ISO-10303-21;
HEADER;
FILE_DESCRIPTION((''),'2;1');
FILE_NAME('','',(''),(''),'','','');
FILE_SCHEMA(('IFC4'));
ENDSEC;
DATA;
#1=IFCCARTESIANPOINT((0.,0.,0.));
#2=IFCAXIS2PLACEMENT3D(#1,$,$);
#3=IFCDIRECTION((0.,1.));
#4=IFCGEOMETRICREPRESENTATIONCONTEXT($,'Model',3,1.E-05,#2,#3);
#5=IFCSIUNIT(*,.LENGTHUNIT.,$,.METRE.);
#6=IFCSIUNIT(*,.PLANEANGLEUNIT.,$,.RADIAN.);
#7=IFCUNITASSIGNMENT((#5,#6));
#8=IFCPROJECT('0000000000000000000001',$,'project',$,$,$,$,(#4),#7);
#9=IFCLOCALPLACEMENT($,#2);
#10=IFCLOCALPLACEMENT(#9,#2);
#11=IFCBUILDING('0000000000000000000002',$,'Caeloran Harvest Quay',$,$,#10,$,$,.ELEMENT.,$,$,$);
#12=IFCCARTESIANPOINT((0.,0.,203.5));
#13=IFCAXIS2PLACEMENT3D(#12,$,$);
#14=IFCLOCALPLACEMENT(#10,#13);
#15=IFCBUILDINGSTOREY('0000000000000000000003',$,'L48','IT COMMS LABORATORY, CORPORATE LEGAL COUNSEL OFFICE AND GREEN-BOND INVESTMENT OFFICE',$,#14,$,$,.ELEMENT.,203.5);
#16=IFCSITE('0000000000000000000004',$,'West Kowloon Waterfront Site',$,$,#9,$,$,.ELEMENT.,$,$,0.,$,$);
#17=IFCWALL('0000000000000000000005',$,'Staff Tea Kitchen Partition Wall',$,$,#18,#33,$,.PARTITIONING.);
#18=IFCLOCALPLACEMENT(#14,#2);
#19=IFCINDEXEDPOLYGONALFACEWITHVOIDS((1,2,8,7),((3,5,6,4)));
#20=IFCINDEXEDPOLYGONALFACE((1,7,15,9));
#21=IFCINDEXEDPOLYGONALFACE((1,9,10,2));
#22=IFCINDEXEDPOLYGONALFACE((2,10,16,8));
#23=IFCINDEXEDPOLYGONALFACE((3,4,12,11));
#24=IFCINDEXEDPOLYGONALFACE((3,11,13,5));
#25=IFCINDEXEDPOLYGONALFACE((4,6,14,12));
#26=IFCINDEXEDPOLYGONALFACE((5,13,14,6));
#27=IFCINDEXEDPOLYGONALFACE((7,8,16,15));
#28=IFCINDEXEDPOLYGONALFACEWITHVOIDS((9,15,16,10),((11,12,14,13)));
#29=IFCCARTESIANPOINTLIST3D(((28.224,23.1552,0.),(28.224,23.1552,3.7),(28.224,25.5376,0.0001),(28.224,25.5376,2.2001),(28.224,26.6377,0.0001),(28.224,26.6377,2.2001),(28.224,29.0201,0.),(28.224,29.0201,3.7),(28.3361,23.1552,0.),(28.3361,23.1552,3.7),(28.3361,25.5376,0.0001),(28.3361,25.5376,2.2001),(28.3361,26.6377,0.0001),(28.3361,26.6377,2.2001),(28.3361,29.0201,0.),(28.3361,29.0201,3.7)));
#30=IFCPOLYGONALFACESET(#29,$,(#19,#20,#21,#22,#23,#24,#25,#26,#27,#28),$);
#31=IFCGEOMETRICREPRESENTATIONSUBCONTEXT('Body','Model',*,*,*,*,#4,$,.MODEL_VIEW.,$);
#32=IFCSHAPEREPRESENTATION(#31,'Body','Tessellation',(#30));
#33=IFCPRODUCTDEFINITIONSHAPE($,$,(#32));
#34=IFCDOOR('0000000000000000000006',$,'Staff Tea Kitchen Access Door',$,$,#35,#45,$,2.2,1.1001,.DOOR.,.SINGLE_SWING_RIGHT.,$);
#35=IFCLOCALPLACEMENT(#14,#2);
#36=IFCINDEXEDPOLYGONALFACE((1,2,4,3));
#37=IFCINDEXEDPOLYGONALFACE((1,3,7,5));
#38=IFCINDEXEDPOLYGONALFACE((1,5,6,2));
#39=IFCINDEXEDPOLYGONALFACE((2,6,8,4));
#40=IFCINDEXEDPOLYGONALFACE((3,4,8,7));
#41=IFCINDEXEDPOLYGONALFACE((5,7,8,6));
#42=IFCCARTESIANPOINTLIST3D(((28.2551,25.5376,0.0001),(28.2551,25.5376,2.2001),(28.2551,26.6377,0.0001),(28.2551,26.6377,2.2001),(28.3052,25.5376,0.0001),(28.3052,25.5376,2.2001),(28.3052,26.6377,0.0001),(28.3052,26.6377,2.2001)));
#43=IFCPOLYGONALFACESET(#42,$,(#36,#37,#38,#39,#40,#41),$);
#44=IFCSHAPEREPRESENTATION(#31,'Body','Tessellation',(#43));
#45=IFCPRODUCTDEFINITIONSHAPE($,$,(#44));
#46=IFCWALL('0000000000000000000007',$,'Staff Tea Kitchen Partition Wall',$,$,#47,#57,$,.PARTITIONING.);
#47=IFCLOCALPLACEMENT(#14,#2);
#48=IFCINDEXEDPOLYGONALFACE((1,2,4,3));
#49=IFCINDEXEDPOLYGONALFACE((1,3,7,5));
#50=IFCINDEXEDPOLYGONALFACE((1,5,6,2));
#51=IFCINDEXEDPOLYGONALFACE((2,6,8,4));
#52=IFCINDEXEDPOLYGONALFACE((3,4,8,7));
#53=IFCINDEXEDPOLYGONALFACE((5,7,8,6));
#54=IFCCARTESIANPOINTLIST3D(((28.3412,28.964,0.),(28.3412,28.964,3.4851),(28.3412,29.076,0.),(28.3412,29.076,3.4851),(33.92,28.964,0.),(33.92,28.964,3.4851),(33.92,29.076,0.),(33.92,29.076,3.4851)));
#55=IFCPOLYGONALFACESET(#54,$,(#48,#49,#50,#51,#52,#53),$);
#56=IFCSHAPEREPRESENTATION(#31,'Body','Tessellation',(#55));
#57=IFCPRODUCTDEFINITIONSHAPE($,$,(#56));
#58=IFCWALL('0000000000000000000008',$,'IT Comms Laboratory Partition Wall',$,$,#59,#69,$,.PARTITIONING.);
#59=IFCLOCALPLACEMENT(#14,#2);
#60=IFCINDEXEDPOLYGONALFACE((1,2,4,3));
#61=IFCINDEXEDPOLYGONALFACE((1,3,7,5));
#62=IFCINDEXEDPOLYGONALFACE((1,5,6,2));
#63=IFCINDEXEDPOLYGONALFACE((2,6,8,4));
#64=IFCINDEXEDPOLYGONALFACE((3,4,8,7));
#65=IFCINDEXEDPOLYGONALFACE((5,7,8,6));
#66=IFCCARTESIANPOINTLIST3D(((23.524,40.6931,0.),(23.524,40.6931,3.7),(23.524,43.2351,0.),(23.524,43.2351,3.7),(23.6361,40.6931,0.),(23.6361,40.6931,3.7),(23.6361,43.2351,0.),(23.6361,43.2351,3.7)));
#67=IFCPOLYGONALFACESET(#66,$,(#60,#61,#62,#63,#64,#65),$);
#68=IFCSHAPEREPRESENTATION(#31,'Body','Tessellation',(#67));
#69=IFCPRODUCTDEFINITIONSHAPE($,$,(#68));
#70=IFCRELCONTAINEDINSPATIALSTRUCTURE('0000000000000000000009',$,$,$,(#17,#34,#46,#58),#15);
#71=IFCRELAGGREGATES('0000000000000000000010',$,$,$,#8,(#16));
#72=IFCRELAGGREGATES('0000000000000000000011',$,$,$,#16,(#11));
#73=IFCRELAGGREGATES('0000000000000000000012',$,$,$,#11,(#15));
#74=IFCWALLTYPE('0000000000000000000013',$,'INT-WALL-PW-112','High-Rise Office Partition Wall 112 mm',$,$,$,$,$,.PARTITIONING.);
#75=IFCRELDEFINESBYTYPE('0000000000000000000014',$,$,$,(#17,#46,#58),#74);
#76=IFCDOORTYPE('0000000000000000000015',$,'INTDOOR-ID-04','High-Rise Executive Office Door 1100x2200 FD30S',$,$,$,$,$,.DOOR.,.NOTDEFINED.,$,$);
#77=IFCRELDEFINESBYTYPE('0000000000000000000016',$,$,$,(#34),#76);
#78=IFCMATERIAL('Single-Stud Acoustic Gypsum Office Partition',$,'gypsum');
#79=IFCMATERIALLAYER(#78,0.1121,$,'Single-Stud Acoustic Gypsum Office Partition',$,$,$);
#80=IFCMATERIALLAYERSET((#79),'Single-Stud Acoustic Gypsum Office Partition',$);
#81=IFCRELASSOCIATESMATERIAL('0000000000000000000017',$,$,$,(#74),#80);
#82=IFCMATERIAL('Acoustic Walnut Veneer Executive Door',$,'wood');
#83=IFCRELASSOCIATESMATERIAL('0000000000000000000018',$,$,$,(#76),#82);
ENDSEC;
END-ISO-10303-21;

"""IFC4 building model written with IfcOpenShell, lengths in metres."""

from ifc_helpers import new_model, si_unit, direction, frame, frame_2d, origin, place, context, subcontext, project, spatial, rectangle, extrude, material, layer, layer_set, type_object, element, fill, save


model = new_model("IFC4")

# Units and contexts
model_context = context("Model", 3, precision=1e-05, world=origin(), true_north=direction((0.0, 1.0)))
body_context = subcontext(model_context, "Body", "Model", "MODEL_VIEW")
ifc_project = project(units=[si_unit("LENGTHUNIT", "METRE"), si_unit("PLANEANGLEUNIT", "RADIAN")], contexts=[model_context])

# Site, building, storey
site_placement = place(None, origin())
site = spatial("IfcSite", under=ifc_project, at=site_placement, Name="West Kowloon Waterfront Site", CompositionType="ELEMENT", RefElevation=0.0)
building_placement = place(site_placement, origin())
building = spatial("IfcBuilding", under=site, at=building_placement, Name="Caeloran Harvest Quay", CompositionType="ELEMENT")
storey_placement = place(building_placement, frame((0.0, 0.0, 203.5)))
storey = spatial("IfcBuildingStorey", under=building, at=storey_placement, Name="L48", Description="IT COMMS LABORATORY, CORPORATE LEGAL COUNSEL OFFICE AND GREEN-BOND INVESTMENT OFFICE", CompositionType="ELEMENT", Elevation=203.5)

# Shared definitions
ifc_material_1 = material(Name="Single-Stud Acoustic Gypsum Office Partition", Category="gypsum")
ifc_layer = layer(ifc_material_1, 0.1121, Name="Single-Stud Acoustic Gypsum Office Partition")
ifc_layer_set = layer_set([ifc_layer], Name="Single-Stud Acoustic Gypsum Office Partition")
wall_type = type_object("IfcWallType", Name="INT-WALL-PW-112", Description="High-Rise Office Partition Wall 112 mm", PredefinedType="PARTITIONING", material=ifc_layer_set)

# Shared definitions
ifc_material_2 = material(Name="Acoustic Walnut Veneer Executive Door", Category="wood")
door_type = type_object("IfcDoorType", Name="INTDOOR-ID-04", Description="High-Rise Executive Office Door 1100x2200 FD30S", OperationType="NOTDEFINED", PredefinedType="DOOR", material=ifc_material_2)

# Wall, opening, door
wall_1_placement = place(storey_placement, frame((28.28, 23.155, 0.0), z_axis=(0.0, 0.0, 1.0), x_axis=(0.0, 1.0, 0.0)))
wall_1 = element("IfcWall", 1, at=wall_1_placement, inside=storey, type_object=wall_type, Name="Staff Tea Kitchen Partition Wall", PredefinedType="PARTITIONING", context=body_context, shape_type="SweptSolid", body=[
    extrude(rectangle(XDim=5.865, YDim=0.1121, at=frame_2d((2.9326, 0.0))), origin(), (0.0, 0.0, 1.0), 3.7),
])
opening_1_placement = place(wall_1_placement, frame((2.3826, 0.0, 0.0)))
opening_1 = element("IfcOpeningElement", 2, at=opening_1_placement, cuts=wall_1, PredefinedType="OPENING", context=body_context, shape_type="SweptSolid", body=[
    extrude(rectangle(XDim=1.1001, YDim=2.2, at=frame_2d((0.55, 1.1001))), frame((0.0, 0.0659, 0.0), z_axis=(0.0, -1.0, 0.0), x_axis=(1.0, 0.0, 0.0)), (0.0, 0.0, 1.0), 0.1321),
])
door_1_placement = place(opening_1_placement, origin())
door_1 = element("IfcDoor", 3, at=door_1_placement, inside=storey, type_object=door_type, Name="Staff Tea Kitchen Access Door", OperationType="SINGLE_SWING_RIGHT", OverallHeight=2.2, OverallWidth=1.1001, PredefinedType="DOOR", context=body_context, shape_type="SweptSolid", body=[
    extrude(rectangle(XDim=1.1001, YDim=2.2, at=frame_2d((0.55, 1.1001))), frame((0.0, 0.0249, 0.0), z_axis=(0.0, -1.0, 0.0), x_axis=(1.0, 0.0, 0.0)), (0.0, 0.0, 1.0), 0.05),
])
fill(opening_1, door_1)

# Walls
wall_2_placement = place(storey_placement, frame((28.3411, 29.02, 0.0), z_axis=(0.0, 0.0, 1.0), x_axis=(1.0, 0.0, 0.0)))
element("IfcWall", 4, at=wall_2_placement, inside=storey, type_object=wall_type, Name="Staff Tea Kitchen Partition Wall", PredefinedType="PARTITIONING", context=body_context, shape_type="SweptSolid", body=[
    extrude(rectangle(XDim=5.5789, YDim=0.1121, at=frame_2d((2.7896, 0.0))), origin(), (0.0, 0.0, 1.0), 3.4851),
])
wall_3_placement = place(storey_placement, frame((23.5801, 40.6931, 0.0), z_axis=(0.0, 0.0, 1.0), x_axis=(0.0, 1.0, 0.0)))
element("IfcWall", 5, at=wall_3_placement, inside=storey, type_object=wall_type, Name="IT Comms Laboratory Partition Wall", PredefinedType="PARTITIONING", context=body_context, shape_type="SweptSolid", body=[
    extrude(rectangle(XDim=2.542, YDim=0.1121, at=frame_2d((1.271, 0.0))), origin(), (0.0, 0.0, 1.0), 3.7),
])

save(model, "model.ifc")
